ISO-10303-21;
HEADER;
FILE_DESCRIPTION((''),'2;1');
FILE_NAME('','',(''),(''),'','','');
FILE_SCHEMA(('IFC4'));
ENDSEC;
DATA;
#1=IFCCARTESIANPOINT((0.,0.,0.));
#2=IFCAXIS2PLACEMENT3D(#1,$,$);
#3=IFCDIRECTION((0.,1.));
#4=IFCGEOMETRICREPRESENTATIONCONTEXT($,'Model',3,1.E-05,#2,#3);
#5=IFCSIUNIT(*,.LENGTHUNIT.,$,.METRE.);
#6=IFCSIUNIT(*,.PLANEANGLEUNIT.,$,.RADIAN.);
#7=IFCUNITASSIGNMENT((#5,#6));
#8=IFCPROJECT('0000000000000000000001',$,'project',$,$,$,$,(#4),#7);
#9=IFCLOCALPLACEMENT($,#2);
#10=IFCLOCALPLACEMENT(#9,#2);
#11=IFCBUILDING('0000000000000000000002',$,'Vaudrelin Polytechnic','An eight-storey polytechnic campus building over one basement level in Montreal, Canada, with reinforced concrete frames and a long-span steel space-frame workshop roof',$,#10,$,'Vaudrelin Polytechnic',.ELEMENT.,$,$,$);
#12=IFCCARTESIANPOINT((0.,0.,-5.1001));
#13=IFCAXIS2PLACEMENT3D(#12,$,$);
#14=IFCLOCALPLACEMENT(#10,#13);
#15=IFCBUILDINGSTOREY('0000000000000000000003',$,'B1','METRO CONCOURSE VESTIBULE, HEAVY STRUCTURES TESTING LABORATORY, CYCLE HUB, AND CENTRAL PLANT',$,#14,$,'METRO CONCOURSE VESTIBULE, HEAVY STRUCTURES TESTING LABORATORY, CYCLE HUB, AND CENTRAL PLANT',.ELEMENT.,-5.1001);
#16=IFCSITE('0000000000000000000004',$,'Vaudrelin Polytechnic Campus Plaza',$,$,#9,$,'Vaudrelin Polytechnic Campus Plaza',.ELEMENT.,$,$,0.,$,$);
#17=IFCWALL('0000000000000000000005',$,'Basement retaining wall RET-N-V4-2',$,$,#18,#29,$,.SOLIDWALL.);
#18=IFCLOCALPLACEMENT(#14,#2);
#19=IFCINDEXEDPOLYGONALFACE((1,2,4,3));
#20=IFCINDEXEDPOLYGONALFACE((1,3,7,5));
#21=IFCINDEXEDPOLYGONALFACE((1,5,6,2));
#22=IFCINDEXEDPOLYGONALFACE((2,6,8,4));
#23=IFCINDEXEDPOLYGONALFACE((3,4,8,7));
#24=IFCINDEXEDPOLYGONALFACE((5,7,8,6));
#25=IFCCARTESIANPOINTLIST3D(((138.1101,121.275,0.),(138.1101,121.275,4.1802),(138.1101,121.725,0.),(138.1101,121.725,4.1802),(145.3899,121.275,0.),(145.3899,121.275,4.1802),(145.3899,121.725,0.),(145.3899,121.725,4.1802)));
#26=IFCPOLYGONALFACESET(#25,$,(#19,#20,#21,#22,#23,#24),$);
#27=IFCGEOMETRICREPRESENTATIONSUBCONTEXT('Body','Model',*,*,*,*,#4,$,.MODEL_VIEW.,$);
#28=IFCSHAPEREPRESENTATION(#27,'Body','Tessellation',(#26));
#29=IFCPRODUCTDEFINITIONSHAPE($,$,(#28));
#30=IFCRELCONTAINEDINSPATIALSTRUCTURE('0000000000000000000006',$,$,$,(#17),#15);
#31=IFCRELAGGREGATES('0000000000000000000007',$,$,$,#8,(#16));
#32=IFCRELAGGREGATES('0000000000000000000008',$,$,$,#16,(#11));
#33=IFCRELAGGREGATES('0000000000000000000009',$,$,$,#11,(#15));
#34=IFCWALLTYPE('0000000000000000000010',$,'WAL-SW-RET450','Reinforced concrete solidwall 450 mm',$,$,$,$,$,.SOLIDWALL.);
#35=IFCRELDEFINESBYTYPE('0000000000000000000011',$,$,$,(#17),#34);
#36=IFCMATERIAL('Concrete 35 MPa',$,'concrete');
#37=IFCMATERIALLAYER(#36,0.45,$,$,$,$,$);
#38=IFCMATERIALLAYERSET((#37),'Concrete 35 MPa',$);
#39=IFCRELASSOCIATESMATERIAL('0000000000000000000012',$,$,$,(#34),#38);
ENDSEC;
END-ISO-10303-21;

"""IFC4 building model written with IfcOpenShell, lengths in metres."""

from ifc_helpers import new_model, si_unit, direction, frame, frame_2d, origin, place, context, subcontext, project, spatial, rectangle, extrude, material, layer, layer_set, type_object, element, save


model = new_model("IFC4")

# Units and contexts
model_context = context("Model", 3, precision=1e-05, world=origin(), true_north=direction((0.0, 1.0)))
body_context = subcontext(model_context, "Body", "Model", "MODEL_VIEW")
ifc_project = project(units=[si_unit("LENGTHUNIT", "METRE"), si_unit("PLANEANGLEUNIT", "RADIAN")], contexts=[model_context])

# Site, building, storey
site_placement = place(None, origin())
site = spatial("IfcSite", under=ifc_project, at=site_placement, Name="Vaudrelin Polytechnic Campus Plaza", LongName="Vaudrelin Polytechnic Campus Plaza", CompositionType="ELEMENT", RefElevation=0.0)
building_placement = place(site_placement, origin())
building = spatial("IfcBuilding", under=site, at=building_placement, Name="Vaudrelin Polytechnic", Description="An eight-storey polytechnic campus building over one basement level in Montreal, Canada, with reinforced concrete frames and a long-span steel space-frame workshop roof", LongName="Vaudrelin Polytechnic", CompositionType="ELEMENT")
storey_placement = place(building_placement, frame((0.0, 0.0, -5.1001)))
storey = spatial("IfcBuildingStorey", under=building, at=storey_placement, Name="B1", Description="METRO CONCOURSE VESTIBULE, HEAVY STRUCTURES TESTING LABORATORY, CYCLE HUB, AND CENTRAL PLANT", LongName="METRO CONCOURSE VESTIBULE, HEAVY STRUCTURES TESTING LABORATORY, CYCLE HUB, AND CENTRAL PLANT", CompositionType="ELEMENT", Elevation=-5.1001)

# Wall
ifc_material_1 = material(Name="Concrete 35 MPa", Category="concrete")
ifc_layer_1 = layer(ifc_material_1, 0.45)
ifc_layer_set_1 = layer_set([ifc_layer_1], Name="Concrete 35 MPa")
wall_type_1 = type_object("IfcWallType", Name="WAL-SW-RET450", Description="Reinforced concrete solidwall 450 mm", PredefinedType="SOLIDWALL", material=ifc_layer_set_1)
wall_1_placement = place(storey_placement, frame((138.1101, 121.5, 0.0), z_axis=(0.0, 0.0, 1.0), x_axis=(1.0, 0.0, 0.0)))
element("IfcWall", 1, at=wall_1_placement, inside=storey, type_object=wall_type_1, Name="Basement retaining wall RET-N-V4-2", PredefinedType="SOLIDWALL", context=body_context, shape_type="SweptSolid", body=[
    extrude(rectangle(XDim=7.2798, YDim=0.45, at=frame_2d((3.6399, 0.0))), origin(), (0.0, 0.0, 1.0), 4.1802),
])

save(model, "model.ifc")
